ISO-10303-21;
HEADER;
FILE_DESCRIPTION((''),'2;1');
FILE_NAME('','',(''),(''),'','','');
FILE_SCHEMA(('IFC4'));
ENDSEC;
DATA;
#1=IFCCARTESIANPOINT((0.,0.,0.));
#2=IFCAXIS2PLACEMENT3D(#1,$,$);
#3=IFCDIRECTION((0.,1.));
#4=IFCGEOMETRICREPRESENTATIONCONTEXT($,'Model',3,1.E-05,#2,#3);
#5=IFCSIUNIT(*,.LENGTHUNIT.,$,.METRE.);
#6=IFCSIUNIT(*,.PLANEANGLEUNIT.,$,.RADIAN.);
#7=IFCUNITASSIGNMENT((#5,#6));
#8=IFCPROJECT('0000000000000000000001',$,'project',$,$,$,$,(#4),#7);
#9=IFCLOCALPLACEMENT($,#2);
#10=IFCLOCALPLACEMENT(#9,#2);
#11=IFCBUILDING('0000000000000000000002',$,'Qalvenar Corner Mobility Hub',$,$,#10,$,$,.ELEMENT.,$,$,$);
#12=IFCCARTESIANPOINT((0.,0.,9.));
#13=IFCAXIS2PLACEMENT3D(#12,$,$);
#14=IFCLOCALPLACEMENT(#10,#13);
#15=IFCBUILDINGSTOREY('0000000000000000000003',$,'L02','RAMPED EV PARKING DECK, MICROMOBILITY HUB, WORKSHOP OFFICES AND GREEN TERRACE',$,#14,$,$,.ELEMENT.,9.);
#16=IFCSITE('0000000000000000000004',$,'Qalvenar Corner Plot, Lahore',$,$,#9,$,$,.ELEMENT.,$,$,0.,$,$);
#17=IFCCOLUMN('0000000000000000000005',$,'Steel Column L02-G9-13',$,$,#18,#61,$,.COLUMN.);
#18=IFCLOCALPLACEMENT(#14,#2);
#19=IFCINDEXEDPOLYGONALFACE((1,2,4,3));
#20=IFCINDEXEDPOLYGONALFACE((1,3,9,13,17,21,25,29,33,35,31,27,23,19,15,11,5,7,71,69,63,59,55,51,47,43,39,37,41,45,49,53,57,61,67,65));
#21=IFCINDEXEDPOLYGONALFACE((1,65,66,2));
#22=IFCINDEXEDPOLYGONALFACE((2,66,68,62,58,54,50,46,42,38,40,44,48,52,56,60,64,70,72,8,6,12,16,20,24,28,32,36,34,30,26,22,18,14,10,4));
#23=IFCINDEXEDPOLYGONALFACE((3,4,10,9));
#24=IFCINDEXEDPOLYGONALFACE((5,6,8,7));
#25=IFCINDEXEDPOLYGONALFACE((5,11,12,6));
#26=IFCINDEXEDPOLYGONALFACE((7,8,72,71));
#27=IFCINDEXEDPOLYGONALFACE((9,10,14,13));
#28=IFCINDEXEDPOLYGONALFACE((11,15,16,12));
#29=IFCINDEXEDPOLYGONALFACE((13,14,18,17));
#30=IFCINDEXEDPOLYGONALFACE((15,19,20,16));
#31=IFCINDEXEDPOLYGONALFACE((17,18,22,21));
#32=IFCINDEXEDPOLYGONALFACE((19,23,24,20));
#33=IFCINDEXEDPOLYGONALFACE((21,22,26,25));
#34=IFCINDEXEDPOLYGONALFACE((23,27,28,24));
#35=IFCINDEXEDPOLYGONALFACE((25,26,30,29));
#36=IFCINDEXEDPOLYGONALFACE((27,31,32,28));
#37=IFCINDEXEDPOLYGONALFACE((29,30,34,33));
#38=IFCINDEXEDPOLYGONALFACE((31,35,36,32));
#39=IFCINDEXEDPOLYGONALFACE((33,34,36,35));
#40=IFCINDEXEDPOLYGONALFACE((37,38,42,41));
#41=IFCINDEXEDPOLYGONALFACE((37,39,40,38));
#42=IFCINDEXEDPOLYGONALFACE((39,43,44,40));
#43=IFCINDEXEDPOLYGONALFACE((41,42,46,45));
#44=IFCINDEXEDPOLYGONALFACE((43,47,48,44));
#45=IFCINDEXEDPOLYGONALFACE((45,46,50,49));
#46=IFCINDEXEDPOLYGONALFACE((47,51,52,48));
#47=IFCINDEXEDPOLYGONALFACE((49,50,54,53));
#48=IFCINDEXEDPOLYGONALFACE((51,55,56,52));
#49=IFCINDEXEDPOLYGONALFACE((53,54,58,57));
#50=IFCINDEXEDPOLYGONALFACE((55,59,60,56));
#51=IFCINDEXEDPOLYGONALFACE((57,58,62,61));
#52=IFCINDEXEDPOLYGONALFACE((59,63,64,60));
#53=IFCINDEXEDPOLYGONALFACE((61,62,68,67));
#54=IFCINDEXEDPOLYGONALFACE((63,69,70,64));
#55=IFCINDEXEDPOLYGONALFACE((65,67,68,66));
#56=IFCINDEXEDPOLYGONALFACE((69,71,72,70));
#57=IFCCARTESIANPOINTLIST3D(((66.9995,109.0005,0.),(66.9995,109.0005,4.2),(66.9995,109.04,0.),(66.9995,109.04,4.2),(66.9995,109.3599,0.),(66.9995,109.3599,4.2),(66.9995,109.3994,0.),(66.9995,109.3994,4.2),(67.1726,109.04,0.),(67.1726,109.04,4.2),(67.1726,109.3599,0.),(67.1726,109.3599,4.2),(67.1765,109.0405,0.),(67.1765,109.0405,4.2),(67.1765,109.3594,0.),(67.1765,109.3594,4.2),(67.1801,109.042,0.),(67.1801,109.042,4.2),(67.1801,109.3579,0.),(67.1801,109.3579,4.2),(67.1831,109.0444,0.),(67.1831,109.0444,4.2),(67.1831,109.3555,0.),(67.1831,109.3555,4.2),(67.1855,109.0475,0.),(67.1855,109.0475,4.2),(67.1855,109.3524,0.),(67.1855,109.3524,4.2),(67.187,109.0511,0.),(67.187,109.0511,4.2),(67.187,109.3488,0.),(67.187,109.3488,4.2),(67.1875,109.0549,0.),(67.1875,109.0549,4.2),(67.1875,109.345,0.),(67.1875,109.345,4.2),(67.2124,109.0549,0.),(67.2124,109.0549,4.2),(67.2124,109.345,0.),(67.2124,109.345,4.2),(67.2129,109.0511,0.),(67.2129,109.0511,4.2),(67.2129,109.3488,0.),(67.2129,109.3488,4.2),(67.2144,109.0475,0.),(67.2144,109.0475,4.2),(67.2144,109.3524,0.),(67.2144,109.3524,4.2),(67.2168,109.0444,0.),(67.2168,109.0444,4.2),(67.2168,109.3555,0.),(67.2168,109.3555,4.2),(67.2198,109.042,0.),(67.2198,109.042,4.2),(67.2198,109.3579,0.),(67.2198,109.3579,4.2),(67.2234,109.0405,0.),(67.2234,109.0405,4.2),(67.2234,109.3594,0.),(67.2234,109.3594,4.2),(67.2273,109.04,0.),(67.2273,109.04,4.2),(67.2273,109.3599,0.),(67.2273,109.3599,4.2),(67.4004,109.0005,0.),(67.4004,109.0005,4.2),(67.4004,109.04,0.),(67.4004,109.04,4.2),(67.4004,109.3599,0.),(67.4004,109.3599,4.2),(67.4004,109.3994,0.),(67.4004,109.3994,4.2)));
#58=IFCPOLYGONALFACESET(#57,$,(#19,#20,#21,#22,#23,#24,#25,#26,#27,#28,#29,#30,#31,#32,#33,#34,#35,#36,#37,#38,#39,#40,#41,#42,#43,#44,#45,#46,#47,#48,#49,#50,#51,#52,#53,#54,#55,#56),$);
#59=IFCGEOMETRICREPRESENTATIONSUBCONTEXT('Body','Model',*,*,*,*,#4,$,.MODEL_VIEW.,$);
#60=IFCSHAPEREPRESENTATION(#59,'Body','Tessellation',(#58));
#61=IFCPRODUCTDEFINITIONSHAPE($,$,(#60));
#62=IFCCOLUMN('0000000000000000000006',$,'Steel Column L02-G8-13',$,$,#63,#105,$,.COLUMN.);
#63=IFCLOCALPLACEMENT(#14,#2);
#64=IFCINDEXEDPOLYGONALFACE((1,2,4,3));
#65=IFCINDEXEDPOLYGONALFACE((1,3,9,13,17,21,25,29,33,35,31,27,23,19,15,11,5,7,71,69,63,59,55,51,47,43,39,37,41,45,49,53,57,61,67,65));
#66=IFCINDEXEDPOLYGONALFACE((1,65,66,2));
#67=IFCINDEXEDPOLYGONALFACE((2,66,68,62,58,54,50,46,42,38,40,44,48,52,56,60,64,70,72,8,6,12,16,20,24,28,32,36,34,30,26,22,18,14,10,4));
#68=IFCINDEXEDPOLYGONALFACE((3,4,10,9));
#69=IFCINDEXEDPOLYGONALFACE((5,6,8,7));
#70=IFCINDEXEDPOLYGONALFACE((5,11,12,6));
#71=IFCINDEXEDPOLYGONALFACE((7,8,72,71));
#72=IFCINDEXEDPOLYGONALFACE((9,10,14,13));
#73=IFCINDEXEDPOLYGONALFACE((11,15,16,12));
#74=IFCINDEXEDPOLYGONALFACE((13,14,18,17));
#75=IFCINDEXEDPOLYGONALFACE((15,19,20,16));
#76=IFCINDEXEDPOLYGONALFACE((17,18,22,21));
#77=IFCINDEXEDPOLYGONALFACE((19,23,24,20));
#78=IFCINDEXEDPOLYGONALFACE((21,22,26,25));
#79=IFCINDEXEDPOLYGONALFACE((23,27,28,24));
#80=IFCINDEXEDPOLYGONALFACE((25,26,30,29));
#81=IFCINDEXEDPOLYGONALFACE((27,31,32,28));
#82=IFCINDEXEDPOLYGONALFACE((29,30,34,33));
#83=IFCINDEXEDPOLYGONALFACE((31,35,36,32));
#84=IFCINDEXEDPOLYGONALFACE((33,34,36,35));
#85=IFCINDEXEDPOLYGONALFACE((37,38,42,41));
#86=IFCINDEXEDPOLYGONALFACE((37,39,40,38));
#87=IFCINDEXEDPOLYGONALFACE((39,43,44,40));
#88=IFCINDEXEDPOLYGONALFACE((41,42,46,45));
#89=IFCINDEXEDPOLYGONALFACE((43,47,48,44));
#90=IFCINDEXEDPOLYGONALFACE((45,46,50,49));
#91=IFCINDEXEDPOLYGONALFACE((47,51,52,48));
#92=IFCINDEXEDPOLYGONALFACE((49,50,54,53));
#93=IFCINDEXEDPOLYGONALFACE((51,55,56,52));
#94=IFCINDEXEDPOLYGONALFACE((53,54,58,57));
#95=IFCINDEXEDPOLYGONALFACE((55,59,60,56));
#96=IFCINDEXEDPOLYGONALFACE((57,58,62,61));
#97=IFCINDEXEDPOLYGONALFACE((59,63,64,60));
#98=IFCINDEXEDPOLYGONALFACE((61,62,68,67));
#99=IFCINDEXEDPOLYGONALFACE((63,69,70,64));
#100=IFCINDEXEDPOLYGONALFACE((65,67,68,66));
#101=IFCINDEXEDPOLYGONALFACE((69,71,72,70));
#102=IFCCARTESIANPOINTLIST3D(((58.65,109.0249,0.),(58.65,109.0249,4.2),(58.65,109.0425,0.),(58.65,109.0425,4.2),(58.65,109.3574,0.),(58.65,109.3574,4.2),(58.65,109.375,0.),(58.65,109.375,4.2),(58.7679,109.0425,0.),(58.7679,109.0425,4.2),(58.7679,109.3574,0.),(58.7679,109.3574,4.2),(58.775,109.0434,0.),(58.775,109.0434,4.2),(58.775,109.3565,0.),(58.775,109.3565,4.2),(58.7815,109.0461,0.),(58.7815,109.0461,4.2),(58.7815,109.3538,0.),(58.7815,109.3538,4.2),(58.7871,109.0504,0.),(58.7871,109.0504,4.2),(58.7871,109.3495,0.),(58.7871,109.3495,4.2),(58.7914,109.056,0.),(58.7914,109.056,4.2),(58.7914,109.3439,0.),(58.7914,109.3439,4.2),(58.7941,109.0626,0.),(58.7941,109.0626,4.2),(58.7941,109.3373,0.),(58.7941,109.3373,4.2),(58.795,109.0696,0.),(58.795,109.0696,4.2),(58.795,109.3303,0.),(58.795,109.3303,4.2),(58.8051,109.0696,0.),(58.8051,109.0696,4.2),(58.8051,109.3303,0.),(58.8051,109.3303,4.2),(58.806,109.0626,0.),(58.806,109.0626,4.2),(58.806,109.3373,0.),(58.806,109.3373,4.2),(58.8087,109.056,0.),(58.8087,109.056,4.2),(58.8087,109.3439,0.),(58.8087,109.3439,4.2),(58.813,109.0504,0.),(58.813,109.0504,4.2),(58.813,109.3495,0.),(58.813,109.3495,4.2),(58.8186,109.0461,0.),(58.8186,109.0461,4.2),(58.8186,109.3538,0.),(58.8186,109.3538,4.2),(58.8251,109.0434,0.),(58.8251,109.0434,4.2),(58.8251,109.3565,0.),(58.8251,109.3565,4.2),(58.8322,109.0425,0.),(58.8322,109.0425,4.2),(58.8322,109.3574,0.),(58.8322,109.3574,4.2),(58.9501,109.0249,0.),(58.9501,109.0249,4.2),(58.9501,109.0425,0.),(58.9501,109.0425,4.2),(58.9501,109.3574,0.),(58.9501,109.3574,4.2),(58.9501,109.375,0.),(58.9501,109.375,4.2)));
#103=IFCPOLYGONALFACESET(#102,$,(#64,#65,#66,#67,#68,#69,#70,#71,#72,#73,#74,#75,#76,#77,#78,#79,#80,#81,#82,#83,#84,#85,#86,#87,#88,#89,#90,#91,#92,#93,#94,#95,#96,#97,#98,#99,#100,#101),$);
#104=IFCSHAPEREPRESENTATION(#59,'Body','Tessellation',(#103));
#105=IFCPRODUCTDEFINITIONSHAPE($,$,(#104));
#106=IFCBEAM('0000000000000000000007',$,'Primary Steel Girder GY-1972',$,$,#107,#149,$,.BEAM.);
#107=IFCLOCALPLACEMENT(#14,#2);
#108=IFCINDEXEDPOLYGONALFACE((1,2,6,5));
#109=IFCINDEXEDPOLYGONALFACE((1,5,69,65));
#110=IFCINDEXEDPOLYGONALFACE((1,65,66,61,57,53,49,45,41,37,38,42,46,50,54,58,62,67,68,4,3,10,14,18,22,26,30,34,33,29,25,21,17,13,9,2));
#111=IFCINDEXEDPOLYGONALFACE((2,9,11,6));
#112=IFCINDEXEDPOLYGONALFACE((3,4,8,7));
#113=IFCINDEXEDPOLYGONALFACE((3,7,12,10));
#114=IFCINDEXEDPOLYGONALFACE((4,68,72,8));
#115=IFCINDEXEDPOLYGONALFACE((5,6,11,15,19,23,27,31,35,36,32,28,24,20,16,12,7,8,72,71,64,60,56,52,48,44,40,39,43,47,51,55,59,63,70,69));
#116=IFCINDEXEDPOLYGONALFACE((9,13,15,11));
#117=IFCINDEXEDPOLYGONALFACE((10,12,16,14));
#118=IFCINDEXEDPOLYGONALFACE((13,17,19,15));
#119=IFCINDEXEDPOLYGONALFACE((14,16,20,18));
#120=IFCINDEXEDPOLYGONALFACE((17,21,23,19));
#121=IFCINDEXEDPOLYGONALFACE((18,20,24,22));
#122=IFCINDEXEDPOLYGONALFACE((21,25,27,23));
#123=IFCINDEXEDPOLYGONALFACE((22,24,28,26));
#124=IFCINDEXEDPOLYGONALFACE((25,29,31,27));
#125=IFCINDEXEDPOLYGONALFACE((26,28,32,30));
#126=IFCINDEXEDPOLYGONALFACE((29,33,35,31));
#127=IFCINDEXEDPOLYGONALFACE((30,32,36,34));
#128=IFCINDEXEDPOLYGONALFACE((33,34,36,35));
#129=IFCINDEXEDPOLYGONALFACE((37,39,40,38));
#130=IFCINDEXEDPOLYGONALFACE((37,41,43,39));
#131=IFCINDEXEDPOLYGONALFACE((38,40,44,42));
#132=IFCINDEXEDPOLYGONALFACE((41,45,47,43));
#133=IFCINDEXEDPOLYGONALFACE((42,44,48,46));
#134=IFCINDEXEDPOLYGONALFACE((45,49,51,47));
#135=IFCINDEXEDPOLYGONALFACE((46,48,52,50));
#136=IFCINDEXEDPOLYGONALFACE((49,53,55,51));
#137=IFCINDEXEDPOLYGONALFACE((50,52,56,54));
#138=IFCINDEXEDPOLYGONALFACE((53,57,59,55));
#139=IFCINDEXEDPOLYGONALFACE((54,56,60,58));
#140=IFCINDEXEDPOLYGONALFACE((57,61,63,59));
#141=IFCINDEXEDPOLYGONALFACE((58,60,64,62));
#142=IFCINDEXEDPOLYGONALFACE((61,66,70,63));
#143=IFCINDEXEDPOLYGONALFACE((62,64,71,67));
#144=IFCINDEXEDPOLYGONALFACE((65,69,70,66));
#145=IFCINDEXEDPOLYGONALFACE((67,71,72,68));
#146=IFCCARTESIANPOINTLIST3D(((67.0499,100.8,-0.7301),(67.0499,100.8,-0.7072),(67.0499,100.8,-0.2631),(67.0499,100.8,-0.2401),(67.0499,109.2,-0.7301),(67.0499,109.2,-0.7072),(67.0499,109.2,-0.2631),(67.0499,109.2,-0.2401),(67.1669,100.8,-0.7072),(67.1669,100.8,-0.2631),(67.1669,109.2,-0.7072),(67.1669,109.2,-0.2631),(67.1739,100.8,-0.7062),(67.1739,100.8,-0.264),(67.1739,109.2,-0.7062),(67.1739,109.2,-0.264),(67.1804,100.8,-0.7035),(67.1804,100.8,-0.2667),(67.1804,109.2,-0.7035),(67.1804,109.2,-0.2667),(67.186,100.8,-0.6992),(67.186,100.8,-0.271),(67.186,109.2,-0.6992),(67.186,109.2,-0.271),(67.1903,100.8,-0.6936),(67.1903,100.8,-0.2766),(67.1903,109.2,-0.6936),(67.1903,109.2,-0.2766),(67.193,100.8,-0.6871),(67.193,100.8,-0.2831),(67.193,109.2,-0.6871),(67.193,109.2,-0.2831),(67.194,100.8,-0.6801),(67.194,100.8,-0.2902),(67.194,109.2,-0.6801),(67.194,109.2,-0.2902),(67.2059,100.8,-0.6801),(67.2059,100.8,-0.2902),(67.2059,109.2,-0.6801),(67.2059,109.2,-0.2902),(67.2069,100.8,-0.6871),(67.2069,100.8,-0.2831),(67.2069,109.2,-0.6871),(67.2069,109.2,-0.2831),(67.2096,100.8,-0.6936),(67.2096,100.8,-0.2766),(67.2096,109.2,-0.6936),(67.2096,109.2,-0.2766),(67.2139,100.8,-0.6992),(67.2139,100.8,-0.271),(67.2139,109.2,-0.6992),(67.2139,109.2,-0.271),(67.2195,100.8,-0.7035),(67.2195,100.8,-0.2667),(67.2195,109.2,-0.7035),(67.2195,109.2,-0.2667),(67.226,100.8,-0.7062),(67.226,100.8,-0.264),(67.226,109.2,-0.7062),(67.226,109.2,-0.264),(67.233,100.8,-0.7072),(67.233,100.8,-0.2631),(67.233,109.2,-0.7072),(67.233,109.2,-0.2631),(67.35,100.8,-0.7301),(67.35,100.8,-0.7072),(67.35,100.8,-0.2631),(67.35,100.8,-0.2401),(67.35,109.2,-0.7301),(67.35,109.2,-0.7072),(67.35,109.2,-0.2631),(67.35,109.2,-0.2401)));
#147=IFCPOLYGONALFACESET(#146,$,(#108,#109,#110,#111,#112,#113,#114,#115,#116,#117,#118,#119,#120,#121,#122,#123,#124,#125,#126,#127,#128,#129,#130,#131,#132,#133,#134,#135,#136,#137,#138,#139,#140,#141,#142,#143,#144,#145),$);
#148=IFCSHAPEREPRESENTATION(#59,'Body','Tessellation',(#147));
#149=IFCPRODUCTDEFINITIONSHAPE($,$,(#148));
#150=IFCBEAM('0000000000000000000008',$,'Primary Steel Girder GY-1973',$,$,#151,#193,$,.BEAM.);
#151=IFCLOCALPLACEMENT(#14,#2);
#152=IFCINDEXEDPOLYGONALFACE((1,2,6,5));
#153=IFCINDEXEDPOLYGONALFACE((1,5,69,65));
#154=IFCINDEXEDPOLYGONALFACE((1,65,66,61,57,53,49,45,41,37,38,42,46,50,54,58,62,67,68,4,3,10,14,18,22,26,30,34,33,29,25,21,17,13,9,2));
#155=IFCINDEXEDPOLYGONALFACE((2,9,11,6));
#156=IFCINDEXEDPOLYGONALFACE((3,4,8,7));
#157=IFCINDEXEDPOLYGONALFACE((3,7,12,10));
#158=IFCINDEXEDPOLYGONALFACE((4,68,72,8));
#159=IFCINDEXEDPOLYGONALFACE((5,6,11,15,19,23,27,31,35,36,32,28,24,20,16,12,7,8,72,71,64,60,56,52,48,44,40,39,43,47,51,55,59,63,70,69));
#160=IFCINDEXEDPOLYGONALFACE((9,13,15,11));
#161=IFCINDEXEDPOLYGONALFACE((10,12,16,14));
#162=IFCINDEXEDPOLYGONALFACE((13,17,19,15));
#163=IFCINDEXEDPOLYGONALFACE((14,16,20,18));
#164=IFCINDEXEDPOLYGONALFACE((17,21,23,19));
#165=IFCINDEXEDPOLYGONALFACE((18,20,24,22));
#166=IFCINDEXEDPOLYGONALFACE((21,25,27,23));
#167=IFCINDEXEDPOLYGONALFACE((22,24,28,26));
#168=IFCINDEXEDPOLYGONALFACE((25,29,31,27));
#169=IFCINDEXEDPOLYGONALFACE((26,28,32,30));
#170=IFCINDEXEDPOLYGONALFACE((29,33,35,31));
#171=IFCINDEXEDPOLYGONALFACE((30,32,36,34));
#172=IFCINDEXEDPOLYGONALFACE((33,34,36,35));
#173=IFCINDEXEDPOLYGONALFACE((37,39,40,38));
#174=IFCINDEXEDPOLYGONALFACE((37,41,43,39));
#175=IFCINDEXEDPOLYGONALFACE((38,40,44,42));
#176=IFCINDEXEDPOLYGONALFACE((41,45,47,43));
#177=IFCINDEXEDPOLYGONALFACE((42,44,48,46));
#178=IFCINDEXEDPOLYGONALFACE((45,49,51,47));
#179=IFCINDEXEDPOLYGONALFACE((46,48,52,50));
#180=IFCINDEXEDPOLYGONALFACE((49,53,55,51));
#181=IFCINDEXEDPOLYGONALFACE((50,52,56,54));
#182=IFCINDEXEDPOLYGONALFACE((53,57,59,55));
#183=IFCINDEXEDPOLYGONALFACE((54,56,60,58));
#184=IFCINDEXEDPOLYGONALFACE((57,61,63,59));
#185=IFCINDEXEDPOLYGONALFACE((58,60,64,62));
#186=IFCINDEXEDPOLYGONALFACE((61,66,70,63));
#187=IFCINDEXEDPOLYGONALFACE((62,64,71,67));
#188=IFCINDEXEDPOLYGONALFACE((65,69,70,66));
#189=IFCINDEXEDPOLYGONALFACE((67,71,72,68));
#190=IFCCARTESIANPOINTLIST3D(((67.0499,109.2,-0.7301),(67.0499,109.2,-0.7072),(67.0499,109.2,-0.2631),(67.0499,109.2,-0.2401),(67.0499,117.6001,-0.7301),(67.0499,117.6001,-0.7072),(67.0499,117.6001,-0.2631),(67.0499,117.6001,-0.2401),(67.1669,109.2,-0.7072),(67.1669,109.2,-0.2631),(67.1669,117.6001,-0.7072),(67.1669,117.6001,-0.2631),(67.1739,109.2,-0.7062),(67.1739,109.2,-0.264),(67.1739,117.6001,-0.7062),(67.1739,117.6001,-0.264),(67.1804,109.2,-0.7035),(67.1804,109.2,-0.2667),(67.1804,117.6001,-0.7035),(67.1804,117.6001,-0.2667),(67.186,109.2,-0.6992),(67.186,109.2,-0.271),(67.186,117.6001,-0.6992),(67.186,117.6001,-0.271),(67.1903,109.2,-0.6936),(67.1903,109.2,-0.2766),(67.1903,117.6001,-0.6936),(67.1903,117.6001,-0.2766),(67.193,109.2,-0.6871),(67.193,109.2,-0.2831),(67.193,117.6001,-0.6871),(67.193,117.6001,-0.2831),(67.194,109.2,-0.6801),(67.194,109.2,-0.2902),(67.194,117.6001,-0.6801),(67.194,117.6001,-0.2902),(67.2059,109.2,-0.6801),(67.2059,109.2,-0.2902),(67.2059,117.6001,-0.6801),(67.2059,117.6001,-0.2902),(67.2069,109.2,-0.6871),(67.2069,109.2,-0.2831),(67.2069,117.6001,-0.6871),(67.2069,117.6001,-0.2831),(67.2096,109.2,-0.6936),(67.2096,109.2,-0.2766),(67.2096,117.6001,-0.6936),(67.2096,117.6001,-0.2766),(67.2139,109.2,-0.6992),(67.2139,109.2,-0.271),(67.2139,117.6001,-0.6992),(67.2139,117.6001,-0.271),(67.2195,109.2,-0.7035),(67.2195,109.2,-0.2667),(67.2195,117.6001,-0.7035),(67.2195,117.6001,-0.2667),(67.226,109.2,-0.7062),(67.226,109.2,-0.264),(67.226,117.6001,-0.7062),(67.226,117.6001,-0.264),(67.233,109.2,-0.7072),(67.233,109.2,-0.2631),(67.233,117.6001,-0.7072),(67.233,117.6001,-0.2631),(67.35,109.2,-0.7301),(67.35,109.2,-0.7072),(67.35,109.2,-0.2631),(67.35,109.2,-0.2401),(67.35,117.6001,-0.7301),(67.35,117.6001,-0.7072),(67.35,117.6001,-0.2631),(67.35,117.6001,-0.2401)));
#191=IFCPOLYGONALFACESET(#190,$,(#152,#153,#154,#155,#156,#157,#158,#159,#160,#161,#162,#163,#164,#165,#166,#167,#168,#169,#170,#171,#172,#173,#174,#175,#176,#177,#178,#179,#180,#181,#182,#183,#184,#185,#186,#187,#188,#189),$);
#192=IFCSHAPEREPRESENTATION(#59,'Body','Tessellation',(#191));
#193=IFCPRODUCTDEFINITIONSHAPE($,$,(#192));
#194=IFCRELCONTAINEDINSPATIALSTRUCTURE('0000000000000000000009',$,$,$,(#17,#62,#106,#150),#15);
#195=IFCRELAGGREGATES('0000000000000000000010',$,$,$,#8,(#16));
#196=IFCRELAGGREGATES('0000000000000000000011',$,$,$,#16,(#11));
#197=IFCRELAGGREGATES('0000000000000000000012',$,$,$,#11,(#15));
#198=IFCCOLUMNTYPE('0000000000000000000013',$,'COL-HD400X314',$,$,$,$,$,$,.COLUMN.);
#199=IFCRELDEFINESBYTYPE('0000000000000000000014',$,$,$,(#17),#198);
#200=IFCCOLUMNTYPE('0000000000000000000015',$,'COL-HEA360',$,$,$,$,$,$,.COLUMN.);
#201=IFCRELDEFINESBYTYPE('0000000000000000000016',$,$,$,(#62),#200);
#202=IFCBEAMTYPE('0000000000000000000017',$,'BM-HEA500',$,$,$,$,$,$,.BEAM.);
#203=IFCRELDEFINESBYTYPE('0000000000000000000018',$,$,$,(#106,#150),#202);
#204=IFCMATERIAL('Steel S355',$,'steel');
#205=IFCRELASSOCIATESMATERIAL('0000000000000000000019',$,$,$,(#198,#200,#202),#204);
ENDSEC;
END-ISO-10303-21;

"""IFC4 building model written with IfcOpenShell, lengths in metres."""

from ifc_helpers import new_model, si_unit, direction, frame, origin, origin_2d, place, context, subcontext, project, spatial, i_section, extrude, material, material_profile, profile_set, type_object, element, save


model = new_model("IFC4")

# Units and contexts
model_context = context("Model", 3, precision=1e-05, world=origin(), true_north=direction((0.0, 1.0)))
body_context = subcontext(model_context, "Body", "Model", "MODEL_VIEW")
ifc_project = project(units=[si_unit("LENGTHUNIT", "METRE"), si_unit("PLANEANGLEUNIT", "RADIAN")], contexts=[model_context])

# Site, building, storey
site_placement = place(None, origin())
site = spatial("IfcSite", under=ifc_project, at=site_placement, Name="Qalvenar Corner Plot, Lahore", CompositionType="ELEMENT", RefElevation=0.0)
building_placement = place(site_placement, origin())
building = spatial("IfcBuilding", under=site, at=building_placement, Name="Qalvenar Corner Mobility Hub", CompositionType="ELEMENT")
storey_placement = place(building_placement, frame((0.0, 0.0, 9.0)))
storey = spatial("IfcBuildingStorey", under=building, at=storey_placement, Name="L02", Description="RAMPED EV PARKING DECK, MICROMOBILITY HUB, WORKSHOP OFFICES AND GREEN TERRACE", CompositionType="ELEMENT", Elevation=9.0)

# Columns
ifc_material = material(Name="Steel S355", Category="steel")
ifc_material_profile_1 = material_profile(ifc_material, i_section(OverallWidth=0.4009, OverallDepth=0.3989, WebThickness=0.0249, FlangeThickness=0.0396, FilletRadius=0.0149, at=origin_2d()), Name="HD400x314")
ifc_profile_set_1 = profile_set([ifc_material_profile_1], Name="Steel S355")
column_type_1 = type_object("IfcColumnType", Name="COL-HD400X314", PredefinedType="COLUMN", material=ifc_profile_set_1)
for number, where, z_axis, x_axis, name in (
    (1, (67.2, 109.2, 0.0), (0.0, 0.0, 1.0), (1.0, 0.0, 0.0), "Steel Column L02-G9-13"),
):
    element("IfcColumn", number, at=place(storey_placement, frame(where, z_axis=z_axis, x_axis=x_axis)), inside=storey, type_object=column_type_1, Name=name, PredefinedType="COLUMN", context=body_context, shape_type="SweptSolid", body=[
        extrude(i_section(OverallWidth=0.4009, OverallDepth=0.3989, WebThickness=0.0249, FlangeThickness=0.0396, FilletRadius=0.0149, at=origin_2d()), origin(), (0.0, 0.0, 1.0), 4.2),
    ])
ifc_material_profile_2 = material_profile(ifc_material, i_section(OverallWidth=0.3, OverallDepth=0.3501, WebThickness=0.01, FlangeThickness=0.0176, FilletRadius=0.0271, at=origin_2d()), Name="HEA360")
ifc_profile_set_2 = profile_set([ifc_material_profile_2], Name="Steel S355")
column_type_2 = type_object("IfcColumnType", Name="COL-HEA360", PredefinedType="COLUMN", material=ifc_profile_set_2)
column_placement = place(storey_placement, frame((58.8, 109.2, 0.0), z_axis=(0.0, 0.0, 1.0), x_axis=(1.0, 0.0, 0.0)))
element("IfcColumn", 2, at=column_placement, inside=storey, type_object=column_type_2, Name="Steel Column L02-G8-13", PredefinedType="COLUMN", context=body_context, shape_type="SweptSolid", body=[
    extrude(i_section(OverallWidth=0.3, OverallDepth=0.3501, WebThickness=0.01, FlangeThickness=0.0176, FilletRadius=0.0271, at=origin_2d()), origin(), (0.0, 0.0, 1.0), 4.2),
])

# Beams
ifc_material_profile_3 = material_profile(ifc_material, i_section(OverallWidth=0.3, OverallDepth=0.49, WebThickness=0.012, FlangeThickness=0.0229, FilletRadius=0.0271, at=origin_2d()), Name="HEA500")
ifc_profile_set_3 = profile_set([ifc_material_profile_3], Name="Steel S355")
beam_type_1 = type_object("IfcBeamType", Name="BM-HEA500", PredefinedType="BEAM", material=ifc_profile_set_3)
beam_1_placement = place(storey_placement, frame((67.2, 100.8, -0.4851), z_axis=(0.0, 1.0, 0.0), x_axis=(-1.0, 0.0, 0.0)))
element("IfcBeam", 3, at=beam_1_placement, inside=storey, type_object=beam_type_1, Name="Primary Steel Girder GY-1972", PredefinedType="BEAM", context=body_context, shape_type="SweptSolid", body=[
    extrude(i_section(OverallWidth=0.3, OverallDepth=0.49, WebThickness=0.012, FlangeThickness=0.0229, FilletRadius=0.0271, at=origin_2d()), origin(), (0.0, 0.0, 1.0), 8.3999),
])
beam_2_placement = place(storey_placement, frame((67.2, 109.2, -0.4851), z_axis=(0.0, 1.0, 0.0), x_axis=(-1.0, 0.0, 0.0)))
element("IfcBeam", 4, at=beam_2_placement, inside=storey, type_object=beam_type_1, Name="Primary Steel Girder GY-1973", PredefinedType="BEAM", context=body_context, shape_type="SweptSolid", body=[
    extrude(i_section(OverallWidth=0.3, OverallDepth=0.49, WebThickness=0.012, FlangeThickness=0.0229, FilletRadius=0.0271, at=origin_2d()), origin(), (0.0, 0.0, 1.0), 8.4001),
])

save(model, "model.ifc")
